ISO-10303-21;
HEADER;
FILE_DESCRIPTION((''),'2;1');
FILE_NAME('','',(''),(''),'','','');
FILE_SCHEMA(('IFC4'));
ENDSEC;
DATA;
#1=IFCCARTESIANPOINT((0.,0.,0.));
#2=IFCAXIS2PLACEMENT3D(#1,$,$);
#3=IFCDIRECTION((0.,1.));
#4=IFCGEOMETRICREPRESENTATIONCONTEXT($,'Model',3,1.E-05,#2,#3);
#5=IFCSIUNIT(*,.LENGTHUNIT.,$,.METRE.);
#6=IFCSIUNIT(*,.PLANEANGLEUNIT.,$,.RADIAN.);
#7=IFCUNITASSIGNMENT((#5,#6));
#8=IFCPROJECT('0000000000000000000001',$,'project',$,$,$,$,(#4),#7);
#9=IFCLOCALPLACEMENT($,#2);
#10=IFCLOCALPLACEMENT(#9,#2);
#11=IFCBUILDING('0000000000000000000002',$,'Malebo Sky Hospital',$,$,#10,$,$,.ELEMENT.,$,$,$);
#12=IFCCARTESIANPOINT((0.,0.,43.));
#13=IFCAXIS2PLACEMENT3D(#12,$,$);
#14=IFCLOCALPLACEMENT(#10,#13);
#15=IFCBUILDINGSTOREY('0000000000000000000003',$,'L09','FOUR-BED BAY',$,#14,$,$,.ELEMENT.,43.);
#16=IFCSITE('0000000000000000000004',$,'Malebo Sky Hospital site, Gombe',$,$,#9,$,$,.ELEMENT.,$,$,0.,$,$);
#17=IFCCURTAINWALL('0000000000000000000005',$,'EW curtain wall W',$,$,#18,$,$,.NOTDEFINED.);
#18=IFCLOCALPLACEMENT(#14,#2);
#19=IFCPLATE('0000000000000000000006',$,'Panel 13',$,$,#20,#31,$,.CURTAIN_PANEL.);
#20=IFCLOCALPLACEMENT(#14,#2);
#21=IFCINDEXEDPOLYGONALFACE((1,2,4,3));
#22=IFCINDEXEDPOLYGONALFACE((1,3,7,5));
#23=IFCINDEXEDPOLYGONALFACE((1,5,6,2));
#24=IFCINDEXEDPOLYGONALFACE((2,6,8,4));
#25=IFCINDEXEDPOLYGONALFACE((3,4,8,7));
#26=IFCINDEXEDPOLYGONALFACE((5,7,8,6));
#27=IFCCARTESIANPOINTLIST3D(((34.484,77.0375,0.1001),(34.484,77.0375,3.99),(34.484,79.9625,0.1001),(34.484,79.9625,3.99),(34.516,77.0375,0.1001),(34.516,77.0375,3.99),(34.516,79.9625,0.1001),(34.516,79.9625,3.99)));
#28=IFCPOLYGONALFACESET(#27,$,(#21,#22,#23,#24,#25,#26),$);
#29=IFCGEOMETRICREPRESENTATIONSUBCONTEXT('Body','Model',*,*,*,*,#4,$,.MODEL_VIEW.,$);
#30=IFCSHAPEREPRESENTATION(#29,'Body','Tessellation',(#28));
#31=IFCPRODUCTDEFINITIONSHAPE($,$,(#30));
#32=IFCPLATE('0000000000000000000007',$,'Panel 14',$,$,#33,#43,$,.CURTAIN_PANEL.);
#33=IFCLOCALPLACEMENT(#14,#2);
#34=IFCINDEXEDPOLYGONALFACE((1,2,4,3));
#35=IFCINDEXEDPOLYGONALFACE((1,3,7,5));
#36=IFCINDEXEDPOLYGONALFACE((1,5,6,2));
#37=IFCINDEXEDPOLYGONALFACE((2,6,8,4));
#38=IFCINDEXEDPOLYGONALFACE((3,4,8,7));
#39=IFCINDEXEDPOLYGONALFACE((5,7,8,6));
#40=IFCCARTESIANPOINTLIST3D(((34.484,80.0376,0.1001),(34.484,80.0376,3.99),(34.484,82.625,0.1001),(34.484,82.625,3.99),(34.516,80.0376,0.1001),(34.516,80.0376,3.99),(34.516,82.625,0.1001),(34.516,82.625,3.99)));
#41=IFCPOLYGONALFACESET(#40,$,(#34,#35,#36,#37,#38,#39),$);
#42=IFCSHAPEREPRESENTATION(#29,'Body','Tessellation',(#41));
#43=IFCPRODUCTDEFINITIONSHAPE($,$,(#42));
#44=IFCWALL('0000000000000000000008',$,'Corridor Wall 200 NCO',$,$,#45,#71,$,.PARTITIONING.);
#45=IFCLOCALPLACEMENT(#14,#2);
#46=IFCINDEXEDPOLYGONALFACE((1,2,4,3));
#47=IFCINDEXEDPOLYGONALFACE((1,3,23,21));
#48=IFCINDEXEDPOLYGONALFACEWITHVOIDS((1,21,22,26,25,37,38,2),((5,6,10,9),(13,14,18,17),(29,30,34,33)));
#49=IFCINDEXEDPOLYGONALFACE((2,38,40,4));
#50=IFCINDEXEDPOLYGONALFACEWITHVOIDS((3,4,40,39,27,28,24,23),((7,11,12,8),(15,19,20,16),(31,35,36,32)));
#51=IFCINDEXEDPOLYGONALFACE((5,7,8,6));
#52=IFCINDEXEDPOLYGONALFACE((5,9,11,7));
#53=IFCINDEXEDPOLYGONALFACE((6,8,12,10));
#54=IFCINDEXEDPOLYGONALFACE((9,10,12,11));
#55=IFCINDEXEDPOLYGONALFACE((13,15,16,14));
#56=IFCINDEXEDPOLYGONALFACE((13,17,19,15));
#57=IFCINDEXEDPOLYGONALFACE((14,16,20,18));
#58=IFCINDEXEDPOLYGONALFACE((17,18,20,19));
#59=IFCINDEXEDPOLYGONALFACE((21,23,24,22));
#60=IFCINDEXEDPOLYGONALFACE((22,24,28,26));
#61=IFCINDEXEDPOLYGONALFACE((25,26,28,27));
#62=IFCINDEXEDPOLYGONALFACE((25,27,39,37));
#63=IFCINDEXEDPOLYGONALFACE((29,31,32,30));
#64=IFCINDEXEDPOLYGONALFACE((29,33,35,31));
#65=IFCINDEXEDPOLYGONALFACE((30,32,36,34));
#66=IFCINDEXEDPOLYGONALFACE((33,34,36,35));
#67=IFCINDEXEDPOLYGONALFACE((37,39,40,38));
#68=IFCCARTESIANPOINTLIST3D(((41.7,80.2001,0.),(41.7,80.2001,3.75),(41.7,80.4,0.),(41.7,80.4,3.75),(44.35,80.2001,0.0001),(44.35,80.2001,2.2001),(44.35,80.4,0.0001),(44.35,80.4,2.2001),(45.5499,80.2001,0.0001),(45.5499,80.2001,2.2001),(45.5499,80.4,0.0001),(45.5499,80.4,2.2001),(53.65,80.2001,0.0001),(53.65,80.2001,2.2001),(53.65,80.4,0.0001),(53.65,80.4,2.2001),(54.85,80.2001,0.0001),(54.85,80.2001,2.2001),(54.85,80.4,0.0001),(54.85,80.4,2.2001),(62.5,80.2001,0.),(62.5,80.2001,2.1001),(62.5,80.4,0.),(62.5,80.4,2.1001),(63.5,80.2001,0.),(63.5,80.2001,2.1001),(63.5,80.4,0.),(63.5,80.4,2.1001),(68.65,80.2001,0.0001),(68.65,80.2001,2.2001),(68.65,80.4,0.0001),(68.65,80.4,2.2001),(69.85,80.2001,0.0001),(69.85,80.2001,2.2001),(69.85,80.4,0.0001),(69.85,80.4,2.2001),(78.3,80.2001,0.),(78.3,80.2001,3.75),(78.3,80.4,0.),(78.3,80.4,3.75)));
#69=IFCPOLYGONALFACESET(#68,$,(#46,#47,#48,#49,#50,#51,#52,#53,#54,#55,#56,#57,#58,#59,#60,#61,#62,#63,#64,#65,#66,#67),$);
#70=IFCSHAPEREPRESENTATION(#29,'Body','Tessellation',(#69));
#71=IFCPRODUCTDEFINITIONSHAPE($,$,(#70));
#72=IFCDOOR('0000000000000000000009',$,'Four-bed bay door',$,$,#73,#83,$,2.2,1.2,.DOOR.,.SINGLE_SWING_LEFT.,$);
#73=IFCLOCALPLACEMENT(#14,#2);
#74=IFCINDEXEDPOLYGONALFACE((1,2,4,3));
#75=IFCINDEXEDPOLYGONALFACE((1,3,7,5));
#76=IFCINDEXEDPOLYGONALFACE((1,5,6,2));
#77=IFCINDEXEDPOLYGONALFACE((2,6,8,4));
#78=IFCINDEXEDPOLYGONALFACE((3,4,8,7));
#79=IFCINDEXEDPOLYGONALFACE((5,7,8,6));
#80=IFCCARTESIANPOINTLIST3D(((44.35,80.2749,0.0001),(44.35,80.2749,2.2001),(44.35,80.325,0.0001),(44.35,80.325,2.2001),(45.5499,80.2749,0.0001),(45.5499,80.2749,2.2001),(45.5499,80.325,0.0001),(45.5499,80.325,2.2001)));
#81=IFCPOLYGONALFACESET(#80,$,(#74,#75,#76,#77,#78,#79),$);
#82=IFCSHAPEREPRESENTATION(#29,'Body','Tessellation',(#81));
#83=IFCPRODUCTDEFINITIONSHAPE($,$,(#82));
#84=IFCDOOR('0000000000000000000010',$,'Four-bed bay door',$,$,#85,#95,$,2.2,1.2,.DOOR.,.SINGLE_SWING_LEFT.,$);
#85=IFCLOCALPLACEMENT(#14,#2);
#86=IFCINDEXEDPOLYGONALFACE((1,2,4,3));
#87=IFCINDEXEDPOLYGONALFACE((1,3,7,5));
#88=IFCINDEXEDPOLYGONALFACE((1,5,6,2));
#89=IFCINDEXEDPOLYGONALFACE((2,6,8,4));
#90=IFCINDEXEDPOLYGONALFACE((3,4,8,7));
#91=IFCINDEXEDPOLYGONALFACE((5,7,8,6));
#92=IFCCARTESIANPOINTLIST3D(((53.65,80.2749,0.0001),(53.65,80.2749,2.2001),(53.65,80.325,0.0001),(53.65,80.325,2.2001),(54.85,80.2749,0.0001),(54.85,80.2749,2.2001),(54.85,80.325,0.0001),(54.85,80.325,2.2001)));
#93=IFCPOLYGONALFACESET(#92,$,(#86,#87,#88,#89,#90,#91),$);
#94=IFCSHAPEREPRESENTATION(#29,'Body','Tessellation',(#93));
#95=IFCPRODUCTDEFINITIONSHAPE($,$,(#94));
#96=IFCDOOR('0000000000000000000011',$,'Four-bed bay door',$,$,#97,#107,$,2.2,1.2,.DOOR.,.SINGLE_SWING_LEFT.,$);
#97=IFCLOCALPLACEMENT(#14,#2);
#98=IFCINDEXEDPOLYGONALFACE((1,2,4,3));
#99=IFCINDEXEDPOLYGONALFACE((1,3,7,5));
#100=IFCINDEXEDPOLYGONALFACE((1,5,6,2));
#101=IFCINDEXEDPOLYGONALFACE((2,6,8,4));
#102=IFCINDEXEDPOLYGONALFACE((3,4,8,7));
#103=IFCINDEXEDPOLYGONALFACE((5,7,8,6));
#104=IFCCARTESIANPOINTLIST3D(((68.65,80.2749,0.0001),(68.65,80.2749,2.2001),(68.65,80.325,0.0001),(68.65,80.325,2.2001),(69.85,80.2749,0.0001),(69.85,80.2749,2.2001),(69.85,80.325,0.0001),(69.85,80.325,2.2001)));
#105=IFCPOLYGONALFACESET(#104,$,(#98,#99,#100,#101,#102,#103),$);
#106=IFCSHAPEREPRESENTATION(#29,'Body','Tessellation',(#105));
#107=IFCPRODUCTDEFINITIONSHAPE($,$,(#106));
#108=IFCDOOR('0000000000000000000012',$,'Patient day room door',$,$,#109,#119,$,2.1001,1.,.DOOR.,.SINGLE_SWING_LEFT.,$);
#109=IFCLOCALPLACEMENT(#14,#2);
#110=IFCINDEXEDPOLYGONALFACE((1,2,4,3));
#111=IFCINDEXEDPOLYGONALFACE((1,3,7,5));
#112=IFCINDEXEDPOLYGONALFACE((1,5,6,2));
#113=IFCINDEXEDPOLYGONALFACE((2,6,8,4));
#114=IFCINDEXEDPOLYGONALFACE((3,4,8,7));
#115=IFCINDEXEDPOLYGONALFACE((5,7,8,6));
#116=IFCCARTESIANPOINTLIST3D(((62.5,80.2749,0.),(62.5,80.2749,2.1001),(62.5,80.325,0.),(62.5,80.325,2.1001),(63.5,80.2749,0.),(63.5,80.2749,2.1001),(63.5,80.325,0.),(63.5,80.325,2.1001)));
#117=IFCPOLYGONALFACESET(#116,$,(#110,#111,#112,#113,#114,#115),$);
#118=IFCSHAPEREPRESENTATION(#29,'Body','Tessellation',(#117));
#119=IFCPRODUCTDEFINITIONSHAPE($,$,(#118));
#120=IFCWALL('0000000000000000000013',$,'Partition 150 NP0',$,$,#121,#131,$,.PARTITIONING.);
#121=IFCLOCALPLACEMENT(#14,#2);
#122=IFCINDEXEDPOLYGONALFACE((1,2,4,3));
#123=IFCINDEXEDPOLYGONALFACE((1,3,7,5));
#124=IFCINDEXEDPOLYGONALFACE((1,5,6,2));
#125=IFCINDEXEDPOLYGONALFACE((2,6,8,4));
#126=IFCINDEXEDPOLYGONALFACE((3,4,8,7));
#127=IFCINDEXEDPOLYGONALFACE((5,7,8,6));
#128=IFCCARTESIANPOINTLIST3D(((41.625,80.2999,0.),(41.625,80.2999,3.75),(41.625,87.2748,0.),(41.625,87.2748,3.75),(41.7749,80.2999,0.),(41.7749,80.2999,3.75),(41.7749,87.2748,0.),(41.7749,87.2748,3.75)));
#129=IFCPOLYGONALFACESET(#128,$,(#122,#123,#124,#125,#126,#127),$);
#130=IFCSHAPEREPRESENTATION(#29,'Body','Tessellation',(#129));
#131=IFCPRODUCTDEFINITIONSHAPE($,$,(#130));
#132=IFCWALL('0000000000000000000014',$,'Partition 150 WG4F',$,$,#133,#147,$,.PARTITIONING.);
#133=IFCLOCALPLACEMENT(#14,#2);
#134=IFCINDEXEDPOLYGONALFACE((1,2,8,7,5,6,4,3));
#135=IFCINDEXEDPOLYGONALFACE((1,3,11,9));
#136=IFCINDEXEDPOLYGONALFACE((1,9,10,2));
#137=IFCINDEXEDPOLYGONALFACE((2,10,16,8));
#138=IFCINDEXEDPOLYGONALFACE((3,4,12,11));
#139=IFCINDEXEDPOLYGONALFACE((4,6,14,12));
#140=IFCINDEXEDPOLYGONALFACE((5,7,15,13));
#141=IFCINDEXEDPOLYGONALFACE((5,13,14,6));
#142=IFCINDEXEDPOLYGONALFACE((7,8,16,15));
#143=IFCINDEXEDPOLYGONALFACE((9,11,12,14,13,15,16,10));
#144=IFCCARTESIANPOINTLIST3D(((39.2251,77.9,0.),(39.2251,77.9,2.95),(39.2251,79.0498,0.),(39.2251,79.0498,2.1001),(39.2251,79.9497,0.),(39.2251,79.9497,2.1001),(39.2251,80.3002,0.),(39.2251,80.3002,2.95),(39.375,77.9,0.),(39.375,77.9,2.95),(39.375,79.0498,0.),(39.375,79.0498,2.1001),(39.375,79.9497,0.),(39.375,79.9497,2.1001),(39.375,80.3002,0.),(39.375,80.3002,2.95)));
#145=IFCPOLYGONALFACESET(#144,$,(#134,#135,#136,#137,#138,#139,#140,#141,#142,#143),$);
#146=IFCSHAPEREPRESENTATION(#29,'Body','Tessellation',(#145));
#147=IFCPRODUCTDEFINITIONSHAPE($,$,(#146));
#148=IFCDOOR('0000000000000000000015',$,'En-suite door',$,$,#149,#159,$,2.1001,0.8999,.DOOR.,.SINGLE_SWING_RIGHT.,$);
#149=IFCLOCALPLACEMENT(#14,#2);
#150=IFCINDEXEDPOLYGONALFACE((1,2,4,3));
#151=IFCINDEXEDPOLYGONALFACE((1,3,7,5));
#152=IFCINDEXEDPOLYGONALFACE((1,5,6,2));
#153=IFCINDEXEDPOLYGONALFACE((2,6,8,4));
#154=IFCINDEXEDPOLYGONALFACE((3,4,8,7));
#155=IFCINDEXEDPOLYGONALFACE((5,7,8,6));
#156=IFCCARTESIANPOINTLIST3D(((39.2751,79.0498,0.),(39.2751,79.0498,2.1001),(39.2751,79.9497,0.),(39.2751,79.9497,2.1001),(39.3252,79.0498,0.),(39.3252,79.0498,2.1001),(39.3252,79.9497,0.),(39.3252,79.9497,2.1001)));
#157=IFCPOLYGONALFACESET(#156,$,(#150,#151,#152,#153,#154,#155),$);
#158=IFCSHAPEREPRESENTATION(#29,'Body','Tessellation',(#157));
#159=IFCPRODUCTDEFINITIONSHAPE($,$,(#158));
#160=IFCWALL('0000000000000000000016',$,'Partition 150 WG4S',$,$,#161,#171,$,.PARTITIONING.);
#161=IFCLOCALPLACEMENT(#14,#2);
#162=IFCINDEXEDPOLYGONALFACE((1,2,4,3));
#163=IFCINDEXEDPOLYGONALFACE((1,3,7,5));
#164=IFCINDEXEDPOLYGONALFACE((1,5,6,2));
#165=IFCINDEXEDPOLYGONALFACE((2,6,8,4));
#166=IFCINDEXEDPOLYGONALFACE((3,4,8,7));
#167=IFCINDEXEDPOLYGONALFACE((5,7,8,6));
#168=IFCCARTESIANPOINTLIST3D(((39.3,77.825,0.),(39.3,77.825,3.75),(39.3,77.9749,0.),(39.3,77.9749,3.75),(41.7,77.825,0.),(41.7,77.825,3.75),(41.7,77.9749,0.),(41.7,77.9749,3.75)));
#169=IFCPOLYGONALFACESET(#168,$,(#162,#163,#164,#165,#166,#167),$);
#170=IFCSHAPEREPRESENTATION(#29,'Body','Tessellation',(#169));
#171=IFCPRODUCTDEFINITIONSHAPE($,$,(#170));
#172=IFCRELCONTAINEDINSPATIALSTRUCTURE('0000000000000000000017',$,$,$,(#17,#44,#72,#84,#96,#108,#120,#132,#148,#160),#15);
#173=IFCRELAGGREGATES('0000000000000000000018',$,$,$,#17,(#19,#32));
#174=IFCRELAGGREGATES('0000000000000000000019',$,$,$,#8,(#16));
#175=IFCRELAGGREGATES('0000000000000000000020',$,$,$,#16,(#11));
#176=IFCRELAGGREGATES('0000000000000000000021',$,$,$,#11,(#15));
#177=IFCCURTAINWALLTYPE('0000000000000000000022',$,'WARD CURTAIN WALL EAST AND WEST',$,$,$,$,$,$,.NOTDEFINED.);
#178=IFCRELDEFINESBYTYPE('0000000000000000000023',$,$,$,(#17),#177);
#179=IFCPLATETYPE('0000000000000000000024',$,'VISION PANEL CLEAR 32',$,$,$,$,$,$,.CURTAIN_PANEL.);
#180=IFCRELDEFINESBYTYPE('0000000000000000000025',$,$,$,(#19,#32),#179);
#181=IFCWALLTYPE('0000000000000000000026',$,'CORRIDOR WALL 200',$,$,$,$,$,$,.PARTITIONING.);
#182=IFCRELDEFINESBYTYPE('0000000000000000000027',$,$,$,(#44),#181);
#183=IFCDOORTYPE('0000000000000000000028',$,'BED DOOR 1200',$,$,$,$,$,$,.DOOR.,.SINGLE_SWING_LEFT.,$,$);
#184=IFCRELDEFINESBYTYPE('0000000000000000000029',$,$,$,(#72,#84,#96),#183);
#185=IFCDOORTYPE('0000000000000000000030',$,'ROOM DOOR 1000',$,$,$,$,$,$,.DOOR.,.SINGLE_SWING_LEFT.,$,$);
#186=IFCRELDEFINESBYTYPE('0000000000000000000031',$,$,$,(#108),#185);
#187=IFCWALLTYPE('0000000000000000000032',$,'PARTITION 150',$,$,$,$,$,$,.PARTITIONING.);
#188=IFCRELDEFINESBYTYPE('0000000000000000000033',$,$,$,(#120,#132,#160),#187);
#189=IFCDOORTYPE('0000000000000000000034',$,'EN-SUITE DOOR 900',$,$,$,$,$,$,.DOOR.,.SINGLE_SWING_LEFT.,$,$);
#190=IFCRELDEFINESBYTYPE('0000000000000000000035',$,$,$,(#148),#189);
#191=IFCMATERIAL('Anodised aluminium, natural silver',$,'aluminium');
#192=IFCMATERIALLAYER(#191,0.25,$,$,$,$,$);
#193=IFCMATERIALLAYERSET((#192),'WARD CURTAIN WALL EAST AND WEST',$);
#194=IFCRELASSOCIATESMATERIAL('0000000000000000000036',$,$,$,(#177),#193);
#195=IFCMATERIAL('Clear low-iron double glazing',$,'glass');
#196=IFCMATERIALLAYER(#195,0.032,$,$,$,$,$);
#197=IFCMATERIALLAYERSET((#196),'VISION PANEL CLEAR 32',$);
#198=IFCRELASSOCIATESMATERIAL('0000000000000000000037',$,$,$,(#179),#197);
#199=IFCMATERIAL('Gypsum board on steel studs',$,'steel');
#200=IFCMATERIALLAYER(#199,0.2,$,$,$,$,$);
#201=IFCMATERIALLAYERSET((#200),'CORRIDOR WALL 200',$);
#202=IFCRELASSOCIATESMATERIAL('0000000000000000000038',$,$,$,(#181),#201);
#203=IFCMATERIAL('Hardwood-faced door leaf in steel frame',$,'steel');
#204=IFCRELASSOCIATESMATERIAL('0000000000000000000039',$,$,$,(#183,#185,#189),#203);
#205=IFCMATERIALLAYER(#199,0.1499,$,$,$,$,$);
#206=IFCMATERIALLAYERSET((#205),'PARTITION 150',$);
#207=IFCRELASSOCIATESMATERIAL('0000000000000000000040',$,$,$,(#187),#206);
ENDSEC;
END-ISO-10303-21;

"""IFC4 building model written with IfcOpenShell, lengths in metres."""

from ifc_helpers import new_model, si_unit, direction, frame, frame_2d, origin, origin_2d, place, context, subcontext, project, spatial, rectangle, extrude, material, layer, layer_set, type_object, element, fill, aggregate, save


model = new_model("IFC4")

# Units and contexts
model_context = context("Model", 3, precision=1e-05, world=origin(), true_north=direction((0.0, 1.0)))
body_context = subcontext(model_context, "Body", "Model", "MODEL_VIEW")
ifc_project = project(units=[si_unit("LENGTHUNIT", "METRE"), si_unit("PLANEANGLEUNIT", "RADIAN")], contexts=[model_context])

# Site, building, storey
site_placement = place(None, origin())
site = spatial("IfcSite", under=ifc_project, at=site_placement, Name="Malebo Sky Hospital site, Gombe", CompositionType="ELEMENT", RefElevation=0.0)
building_placement = place(site_placement, origin())
building = spatial("IfcBuilding", under=site, at=building_placement, Name="Malebo Sky Hospital", CompositionType="ELEMENT")
storey_placement = place(building_placement, frame((0.0, 0.0, 43.0)))
storey = spatial("IfcBuildingStorey", under=building, at=storey_placement, Name="L09", Description="FOUR-BED BAY", CompositionType="ELEMENT", Elevation=43.0)

# Curtain wall
ifc_material_1 = material(Name="Anodised aluminium, natural silver", Category="aluminium")
ifc_layer_1 = layer(ifc_material_1, 0.25)
ifc_layer_set_1 = layer_set([ifc_layer_1], Name="WARD CURTAIN WALL EAST AND WEST")
curtain_wall_type = type_object("IfcCurtainWallType", Name="WARD CURTAIN WALL EAST AND WEST", PredefinedType="NOTDEFINED", material=ifc_layer_set_1)
curtain_wall_placement = place(storey_placement, origin())
curtain_wall = element("IfcCurtainWall", 1, at=curtain_wall_placement, inside=storey, type_object=curtain_wall_type, Name="EW curtain wall W", PredefinedType="NOTDEFINED")

# Plates
ifc_material_2 = material(Name="Clear low-iron double glazing", Category="glass")
ifc_layer_2 = layer(ifc_material_2, 0.032)
ifc_layer_set_2 = layer_set([ifc_layer_2], Name="VISION PANEL CLEAR 32")
plate_type = type_object("IfcPlateType", Name="VISION PANEL CLEAR 32", PredefinedType="CURTAIN_PANEL", material=ifc_layer_set_2)
plate_1_placement = place(storey_placement, frame((34.5, 78.5, 0.1001), z_axis=(0.0, 0.0, 1.0), x_axis=(0.0, 1.0, 0.0)))
plate_1 = element("IfcPlate", 2, at=plate_1_placement, type_object=plate_type, Name="Panel 13", PredefinedType="CURTAIN_PANEL", context=body_context, shape_type="SweptSolid", body=[
    extrude(rectangle(XDim=2.925, YDim=0.032, at=origin_2d()), origin(), (0.0, 0.0, 1.0), 3.8899),
])
plate_2_placement = place(storey_placement, frame((34.5, 81.3313, 0.1001), z_axis=(0.0, 0.0, 1.0), x_axis=(0.0, 1.0, 0.0)))
plate_2 = element("IfcPlate", 3, at=plate_2_placement, type_object=plate_type, Name="Panel 14", PredefinedType="CURTAIN_PANEL", context=body_context, shape_type="SweptSolid", body=[
    extrude(rectangle(XDim=2.5874, YDim=0.032, at=origin_2d()), origin(), (0.0, 0.0, 1.0), 3.8899),
])
aggregate(curtain_wall, [plate_1, plate_2])

# Wall, openings, doors
ifc_material_3 = material(Name="Gypsum board on steel studs", Category="steel")
ifc_layer_3 = layer(ifc_material_3, 0.2)
ifc_layer_set_3 = layer_set([ifc_layer_3], Name="CORRIDOR WALL 200")
wall_type_1 = type_object("IfcWallType", Name="CORRIDOR WALL 200", PredefinedType="PARTITIONING", material=ifc_layer_set_3)
wall_1_placement = place(storey_placement, frame((41.7, 80.3, 0.0), z_axis=(0.0, 0.0, 1.0), x_axis=(1.0, 0.0, 0.0)))
wall_1 = element("IfcWall", 4, at=wall_1_placement, inside=storey, type_object=wall_type_1, Name="Corridor Wall 200 NCO", PredefinedType="PARTITIONING", context=body_context, shape_type="SweptSolid", body=[
    extrude(rectangle(XDim=36.6001, YDim=0.2, at=frame_2d((18.3, 0.0))), origin(), (0.0, 0.0, 1.0), 3.75),
])
opening_1_placement = place(wall_1_placement, frame((2.6499, 0.0, 0.0)))
opening_1 = element("IfcOpeningElement", 5, at=opening_1_placement, cuts=wall_1, PredefinedType="OPENING", context=body_context, shape_type="SweptSolid", body=[
    extrude(rectangle(XDim=1.2, YDim=2.2, at=frame_2d((0.6001, 1.1001))), frame((0.0, 0.1099, 0.0), z_axis=(0.0, -1.0, 0.0), x_axis=(1.0, 0.0, 0.0)), (0.0, 0.0, 1.0), 0.22),
])
opening_2_placement = place(wall_1_placement, frame((11.95, 0.0, 0.0)))
opening_2 = element("IfcOpeningElement", 6, at=opening_2_placement, cuts=wall_1, PredefinedType="OPENING", context=body_context, shape_type="SweptSolid", body=[
    extrude(rectangle(XDim=1.2, YDim=2.2, at=frame_2d((0.6001, 1.1001))), frame((0.0, 0.1099, 0.0), z_axis=(0.0, -1.0, 0.0), x_axis=(1.0, 0.0, 0.0)), (0.0, 0.0, 1.0), 0.22),
])
opening_3_placement = place(wall_1_placement, frame((20.8, 0.0, 0.0)))
opening_3 = element("IfcOpeningElement", 7, at=opening_3_placement, cuts=wall_1, PredefinedType="OPENING", context=body_context, shape_type="SweptSolid", body=[
    extrude(rectangle(XDim=1.0, YDim=2.1001, at=frame_2d((0.5, 1.05))), frame((0.0, 0.1099, 0.0), z_axis=(0.0, -1.0, 0.0), x_axis=(1.0, 0.0, 0.0)), (0.0, 0.0, 1.0), 0.22),
])
opening_4_placement = place(wall_1_placement, frame((26.95, 0.0, 0.0)))
opening_4 = element("IfcOpeningElement", 8, at=opening_4_placement, cuts=wall_1, PredefinedType="OPENING", context=body_context, shape_type="SweptSolid", body=[
    extrude(rectangle(XDim=1.2, YDim=2.2, at=frame_2d((0.6001, 1.1001))), frame((0.0, 0.1099, 0.0), z_axis=(0.0, -1.0, 0.0), x_axis=(1.0, 0.0, 0.0)), (0.0, 0.0, 1.0), 0.22),
])
ifc_material_4 = material(Name="Hardwood-faced door leaf in steel frame", Category="steel")
door_type_1 = type_object("IfcDoorType", Name="BED DOOR 1200", OperationType="SINGLE_SWING_LEFT", PredefinedType="DOOR", material=ifc_material_4)
door_1_placement = place(opening_1_placement, origin())
door_1 = element("IfcDoor", 9, at=door_1_placement, inside=storey, type_object=door_type_1, Name="Four-bed bay door", OperationType="SINGLE_SWING_LEFT", OverallHeight=2.2, OverallWidth=1.2, PredefinedType="DOOR", context=body_context, shape_type="SweptSolid", body=[
    extrude(rectangle(XDim=1.2, YDim=2.2, at=frame_2d((0.6001, 1.1001))), frame((0.0, 0.0249, 0.0), z_axis=(0.0, -1.0, 0.0), x_axis=(1.0, 0.0, 0.0)), (0.0, 0.0, 1.0), 0.05),
])
fill(opening_1, door_1)
door_2_placement = place(opening_2_placement, origin())
door_2 = element("IfcDoor", 10, at=door_2_placement, inside=storey, type_object=door_type_1, Name="Four-bed bay door", OperationType="SINGLE_SWING_LEFT", OverallHeight=2.2, OverallWidth=1.2, PredefinedType="DOOR", context=body_context, shape_type="SweptSolid", body=[
    extrude(rectangle(XDim=1.2, YDim=2.2, at=frame_2d((0.6001, 1.1001))), frame((0.0, 0.0249, 0.0), z_axis=(0.0, -1.0, 0.0), x_axis=(1.0, 0.0, 0.0)), (0.0, 0.0, 1.0), 0.05),
])
fill(opening_2, door_2)
door_3_placement = place(opening_4_placement, origin())
door_3 = element("IfcDoor", 11, at=door_3_placement, inside=storey, type_object=door_type_1, Name="Four-bed bay door", OperationType="SINGLE_SWING_LEFT", OverallHeight=2.2, OverallWidth=1.2, PredefinedType="DOOR", context=body_context, shape_type="SweptSolid", body=[
    extrude(rectangle(XDim=1.2, YDim=2.2, at=frame_2d((0.6001, 1.1001))), frame((0.0, 0.0249, 0.0), z_axis=(0.0, -1.0, 0.0), x_axis=(1.0, 0.0, 0.0)), (0.0, 0.0, 1.0), 0.05),
])
fill(opening_4, door_3)
door_type_2 = type_object("IfcDoorType", Name="ROOM DOOR 1000", OperationType="SINGLE_SWING_LEFT", PredefinedType="DOOR", material=ifc_material_4)
door_4_placement = place(opening_3_placement, origin())
door_4 = element("IfcDoor", 12, at=door_4_placement, inside=storey, type_object=door_type_2, Name="Patient day room door", OperationType="SINGLE_SWING_LEFT", OverallHeight=2.1001, OverallWidth=1.0, PredefinedType="DOOR", context=body_context, shape_type="SweptSolid", body=[
    extrude(rectangle(XDim=1.0, YDim=2.1001, at=frame_2d((0.5, 1.05))), frame((0.0, 0.0249, 0.0), z_axis=(0.0, -1.0, 0.0), x_axis=(1.0, 0.0, 0.0)), (0.0, 0.0, 1.0), 0.05),
])
fill(opening_3, door_4)

# Wall
ifc_layer_4 = layer(ifc_material_3, 0.1499)
ifc_layer_set_4 = layer_set([ifc_layer_4], Name="PARTITION 150")
wall_type_2 = type_object("IfcWallType", Name="PARTITION 150", PredefinedType="PARTITIONING", material=ifc_layer_set_4)
wall_2_placement = place(storey_placement, frame((41.7, 80.3, 0.0), z_axis=(0.0, 0.0, 1.0), x_axis=(0.0, 1.0, 0.0)))
element("IfcWall", 13, at=wall_2_placement, inside=storey, type_object=wall_type_2, Name="Partition 150 NP0", PredefinedType="PARTITIONING", context=body_context, shape_type="SweptSolid", body=[
    extrude(rectangle(XDim=6.9749, YDim=0.1499, at=frame_2d((3.4873, 0.0))), origin(), (0.0, 0.0, 1.0), 3.75),
])

# Wall, opening, door
wall_3_placement = place(storey_placement, frame((39.3, 77.8999, 0.0), z_axis=(0.0, 0.0, 1.0), x_axis=(0.0, 1.0, 0.0)))
wall_3 = element("IfcWall", 14, at=wall_3_placement, inside=storey, type_object=wall_type_2, Name="Partition 150 WG4F", PredefinedType="PARTITIONING", context=body_context, shape_type="SweptSolid", body=[
    extrude(rectangle(XDim=2.4001, YDim=0.1499, at=frame_2d((1.2002, 0.0))), origin(), (0.0, 0.0, 1.0), 2.95),
])
opening_5_placement = place(wall_3_placement, frame((1.1499, 0.0, 0.0)))
opening_5 = element("IfcOpeningElement", 15, at=opening_5_placement, cuts=wall_3, PredefinedType="OPENING", context=body_context, shape_type="SweptSolid", body=[
    extrude(rectangle(XDim=0.8999, YDim=2.1001, at=frame_2d((0.45, 1.05))), frame((0.0, 0.085, 0.0), z_axis=(0.0, -1.0, 0.0), x_axis=(1.0, 0.0, 0.0)), (0.0, 0.0, 1.0), 0.1699),
])
door_type_3 = type_object("IfcDoorType", Name="EN-SUITE DOOR 900", OperationType="SINGLE_SWING_LEFT", PredefinedType="DOOR", material=ifc_material_4)
door_5_placement = place(opening_5_placement, origin())
door_5 = element("IfcDoor", 16, at=door_5_placement, inside=storey, type_object=door_type_3, Name="En-suite door", OperationType="SINGLE_SWING_RIGHT", OverallHeight=2.1001, OverallWidth=0.8999, PredefinedType="DOOR", context=body_context, shape_type="SweptSolid", body=[
    extrude(rectangle(XDim=0.8999, YDim=2.1001, at=frame_2d((0.45, 1.05))), frame((0.0, 0.0249, 0.0), z_axis=(0.0, -1.0, 0.0), x_axis=(1.0, 0.0, 0.0)), (0.0, 0.0, 1.0), 0.05),
])
fill(opening_5, door_5)

# Wall
for number, where, z_axis, x_axis, name in (
    (17, (41.7, 77.8999, 0.0), (0.0, 0.0, 1.0), (-1.0, 0.0, 0.0), "Partition 150 WG4S"),
):
    element("IfcWall", number, at=place(storey_placement, frame(where, z_axis=z_axis, x_axis=x_axis)), inside=storey, type_object=wall_type_2, Name=name, PredefinedType="PARTITIONING", context=body_context, shape_type="SweptSolid", body=[
        extrude(rectangle(XDim=2.3999, YDim=0.1499, at=frame_2d((1.2, 0.0))), origin(), (0.0, 0.0, 1.0), 3.75),
    ])

save(model, "model.ifc")
